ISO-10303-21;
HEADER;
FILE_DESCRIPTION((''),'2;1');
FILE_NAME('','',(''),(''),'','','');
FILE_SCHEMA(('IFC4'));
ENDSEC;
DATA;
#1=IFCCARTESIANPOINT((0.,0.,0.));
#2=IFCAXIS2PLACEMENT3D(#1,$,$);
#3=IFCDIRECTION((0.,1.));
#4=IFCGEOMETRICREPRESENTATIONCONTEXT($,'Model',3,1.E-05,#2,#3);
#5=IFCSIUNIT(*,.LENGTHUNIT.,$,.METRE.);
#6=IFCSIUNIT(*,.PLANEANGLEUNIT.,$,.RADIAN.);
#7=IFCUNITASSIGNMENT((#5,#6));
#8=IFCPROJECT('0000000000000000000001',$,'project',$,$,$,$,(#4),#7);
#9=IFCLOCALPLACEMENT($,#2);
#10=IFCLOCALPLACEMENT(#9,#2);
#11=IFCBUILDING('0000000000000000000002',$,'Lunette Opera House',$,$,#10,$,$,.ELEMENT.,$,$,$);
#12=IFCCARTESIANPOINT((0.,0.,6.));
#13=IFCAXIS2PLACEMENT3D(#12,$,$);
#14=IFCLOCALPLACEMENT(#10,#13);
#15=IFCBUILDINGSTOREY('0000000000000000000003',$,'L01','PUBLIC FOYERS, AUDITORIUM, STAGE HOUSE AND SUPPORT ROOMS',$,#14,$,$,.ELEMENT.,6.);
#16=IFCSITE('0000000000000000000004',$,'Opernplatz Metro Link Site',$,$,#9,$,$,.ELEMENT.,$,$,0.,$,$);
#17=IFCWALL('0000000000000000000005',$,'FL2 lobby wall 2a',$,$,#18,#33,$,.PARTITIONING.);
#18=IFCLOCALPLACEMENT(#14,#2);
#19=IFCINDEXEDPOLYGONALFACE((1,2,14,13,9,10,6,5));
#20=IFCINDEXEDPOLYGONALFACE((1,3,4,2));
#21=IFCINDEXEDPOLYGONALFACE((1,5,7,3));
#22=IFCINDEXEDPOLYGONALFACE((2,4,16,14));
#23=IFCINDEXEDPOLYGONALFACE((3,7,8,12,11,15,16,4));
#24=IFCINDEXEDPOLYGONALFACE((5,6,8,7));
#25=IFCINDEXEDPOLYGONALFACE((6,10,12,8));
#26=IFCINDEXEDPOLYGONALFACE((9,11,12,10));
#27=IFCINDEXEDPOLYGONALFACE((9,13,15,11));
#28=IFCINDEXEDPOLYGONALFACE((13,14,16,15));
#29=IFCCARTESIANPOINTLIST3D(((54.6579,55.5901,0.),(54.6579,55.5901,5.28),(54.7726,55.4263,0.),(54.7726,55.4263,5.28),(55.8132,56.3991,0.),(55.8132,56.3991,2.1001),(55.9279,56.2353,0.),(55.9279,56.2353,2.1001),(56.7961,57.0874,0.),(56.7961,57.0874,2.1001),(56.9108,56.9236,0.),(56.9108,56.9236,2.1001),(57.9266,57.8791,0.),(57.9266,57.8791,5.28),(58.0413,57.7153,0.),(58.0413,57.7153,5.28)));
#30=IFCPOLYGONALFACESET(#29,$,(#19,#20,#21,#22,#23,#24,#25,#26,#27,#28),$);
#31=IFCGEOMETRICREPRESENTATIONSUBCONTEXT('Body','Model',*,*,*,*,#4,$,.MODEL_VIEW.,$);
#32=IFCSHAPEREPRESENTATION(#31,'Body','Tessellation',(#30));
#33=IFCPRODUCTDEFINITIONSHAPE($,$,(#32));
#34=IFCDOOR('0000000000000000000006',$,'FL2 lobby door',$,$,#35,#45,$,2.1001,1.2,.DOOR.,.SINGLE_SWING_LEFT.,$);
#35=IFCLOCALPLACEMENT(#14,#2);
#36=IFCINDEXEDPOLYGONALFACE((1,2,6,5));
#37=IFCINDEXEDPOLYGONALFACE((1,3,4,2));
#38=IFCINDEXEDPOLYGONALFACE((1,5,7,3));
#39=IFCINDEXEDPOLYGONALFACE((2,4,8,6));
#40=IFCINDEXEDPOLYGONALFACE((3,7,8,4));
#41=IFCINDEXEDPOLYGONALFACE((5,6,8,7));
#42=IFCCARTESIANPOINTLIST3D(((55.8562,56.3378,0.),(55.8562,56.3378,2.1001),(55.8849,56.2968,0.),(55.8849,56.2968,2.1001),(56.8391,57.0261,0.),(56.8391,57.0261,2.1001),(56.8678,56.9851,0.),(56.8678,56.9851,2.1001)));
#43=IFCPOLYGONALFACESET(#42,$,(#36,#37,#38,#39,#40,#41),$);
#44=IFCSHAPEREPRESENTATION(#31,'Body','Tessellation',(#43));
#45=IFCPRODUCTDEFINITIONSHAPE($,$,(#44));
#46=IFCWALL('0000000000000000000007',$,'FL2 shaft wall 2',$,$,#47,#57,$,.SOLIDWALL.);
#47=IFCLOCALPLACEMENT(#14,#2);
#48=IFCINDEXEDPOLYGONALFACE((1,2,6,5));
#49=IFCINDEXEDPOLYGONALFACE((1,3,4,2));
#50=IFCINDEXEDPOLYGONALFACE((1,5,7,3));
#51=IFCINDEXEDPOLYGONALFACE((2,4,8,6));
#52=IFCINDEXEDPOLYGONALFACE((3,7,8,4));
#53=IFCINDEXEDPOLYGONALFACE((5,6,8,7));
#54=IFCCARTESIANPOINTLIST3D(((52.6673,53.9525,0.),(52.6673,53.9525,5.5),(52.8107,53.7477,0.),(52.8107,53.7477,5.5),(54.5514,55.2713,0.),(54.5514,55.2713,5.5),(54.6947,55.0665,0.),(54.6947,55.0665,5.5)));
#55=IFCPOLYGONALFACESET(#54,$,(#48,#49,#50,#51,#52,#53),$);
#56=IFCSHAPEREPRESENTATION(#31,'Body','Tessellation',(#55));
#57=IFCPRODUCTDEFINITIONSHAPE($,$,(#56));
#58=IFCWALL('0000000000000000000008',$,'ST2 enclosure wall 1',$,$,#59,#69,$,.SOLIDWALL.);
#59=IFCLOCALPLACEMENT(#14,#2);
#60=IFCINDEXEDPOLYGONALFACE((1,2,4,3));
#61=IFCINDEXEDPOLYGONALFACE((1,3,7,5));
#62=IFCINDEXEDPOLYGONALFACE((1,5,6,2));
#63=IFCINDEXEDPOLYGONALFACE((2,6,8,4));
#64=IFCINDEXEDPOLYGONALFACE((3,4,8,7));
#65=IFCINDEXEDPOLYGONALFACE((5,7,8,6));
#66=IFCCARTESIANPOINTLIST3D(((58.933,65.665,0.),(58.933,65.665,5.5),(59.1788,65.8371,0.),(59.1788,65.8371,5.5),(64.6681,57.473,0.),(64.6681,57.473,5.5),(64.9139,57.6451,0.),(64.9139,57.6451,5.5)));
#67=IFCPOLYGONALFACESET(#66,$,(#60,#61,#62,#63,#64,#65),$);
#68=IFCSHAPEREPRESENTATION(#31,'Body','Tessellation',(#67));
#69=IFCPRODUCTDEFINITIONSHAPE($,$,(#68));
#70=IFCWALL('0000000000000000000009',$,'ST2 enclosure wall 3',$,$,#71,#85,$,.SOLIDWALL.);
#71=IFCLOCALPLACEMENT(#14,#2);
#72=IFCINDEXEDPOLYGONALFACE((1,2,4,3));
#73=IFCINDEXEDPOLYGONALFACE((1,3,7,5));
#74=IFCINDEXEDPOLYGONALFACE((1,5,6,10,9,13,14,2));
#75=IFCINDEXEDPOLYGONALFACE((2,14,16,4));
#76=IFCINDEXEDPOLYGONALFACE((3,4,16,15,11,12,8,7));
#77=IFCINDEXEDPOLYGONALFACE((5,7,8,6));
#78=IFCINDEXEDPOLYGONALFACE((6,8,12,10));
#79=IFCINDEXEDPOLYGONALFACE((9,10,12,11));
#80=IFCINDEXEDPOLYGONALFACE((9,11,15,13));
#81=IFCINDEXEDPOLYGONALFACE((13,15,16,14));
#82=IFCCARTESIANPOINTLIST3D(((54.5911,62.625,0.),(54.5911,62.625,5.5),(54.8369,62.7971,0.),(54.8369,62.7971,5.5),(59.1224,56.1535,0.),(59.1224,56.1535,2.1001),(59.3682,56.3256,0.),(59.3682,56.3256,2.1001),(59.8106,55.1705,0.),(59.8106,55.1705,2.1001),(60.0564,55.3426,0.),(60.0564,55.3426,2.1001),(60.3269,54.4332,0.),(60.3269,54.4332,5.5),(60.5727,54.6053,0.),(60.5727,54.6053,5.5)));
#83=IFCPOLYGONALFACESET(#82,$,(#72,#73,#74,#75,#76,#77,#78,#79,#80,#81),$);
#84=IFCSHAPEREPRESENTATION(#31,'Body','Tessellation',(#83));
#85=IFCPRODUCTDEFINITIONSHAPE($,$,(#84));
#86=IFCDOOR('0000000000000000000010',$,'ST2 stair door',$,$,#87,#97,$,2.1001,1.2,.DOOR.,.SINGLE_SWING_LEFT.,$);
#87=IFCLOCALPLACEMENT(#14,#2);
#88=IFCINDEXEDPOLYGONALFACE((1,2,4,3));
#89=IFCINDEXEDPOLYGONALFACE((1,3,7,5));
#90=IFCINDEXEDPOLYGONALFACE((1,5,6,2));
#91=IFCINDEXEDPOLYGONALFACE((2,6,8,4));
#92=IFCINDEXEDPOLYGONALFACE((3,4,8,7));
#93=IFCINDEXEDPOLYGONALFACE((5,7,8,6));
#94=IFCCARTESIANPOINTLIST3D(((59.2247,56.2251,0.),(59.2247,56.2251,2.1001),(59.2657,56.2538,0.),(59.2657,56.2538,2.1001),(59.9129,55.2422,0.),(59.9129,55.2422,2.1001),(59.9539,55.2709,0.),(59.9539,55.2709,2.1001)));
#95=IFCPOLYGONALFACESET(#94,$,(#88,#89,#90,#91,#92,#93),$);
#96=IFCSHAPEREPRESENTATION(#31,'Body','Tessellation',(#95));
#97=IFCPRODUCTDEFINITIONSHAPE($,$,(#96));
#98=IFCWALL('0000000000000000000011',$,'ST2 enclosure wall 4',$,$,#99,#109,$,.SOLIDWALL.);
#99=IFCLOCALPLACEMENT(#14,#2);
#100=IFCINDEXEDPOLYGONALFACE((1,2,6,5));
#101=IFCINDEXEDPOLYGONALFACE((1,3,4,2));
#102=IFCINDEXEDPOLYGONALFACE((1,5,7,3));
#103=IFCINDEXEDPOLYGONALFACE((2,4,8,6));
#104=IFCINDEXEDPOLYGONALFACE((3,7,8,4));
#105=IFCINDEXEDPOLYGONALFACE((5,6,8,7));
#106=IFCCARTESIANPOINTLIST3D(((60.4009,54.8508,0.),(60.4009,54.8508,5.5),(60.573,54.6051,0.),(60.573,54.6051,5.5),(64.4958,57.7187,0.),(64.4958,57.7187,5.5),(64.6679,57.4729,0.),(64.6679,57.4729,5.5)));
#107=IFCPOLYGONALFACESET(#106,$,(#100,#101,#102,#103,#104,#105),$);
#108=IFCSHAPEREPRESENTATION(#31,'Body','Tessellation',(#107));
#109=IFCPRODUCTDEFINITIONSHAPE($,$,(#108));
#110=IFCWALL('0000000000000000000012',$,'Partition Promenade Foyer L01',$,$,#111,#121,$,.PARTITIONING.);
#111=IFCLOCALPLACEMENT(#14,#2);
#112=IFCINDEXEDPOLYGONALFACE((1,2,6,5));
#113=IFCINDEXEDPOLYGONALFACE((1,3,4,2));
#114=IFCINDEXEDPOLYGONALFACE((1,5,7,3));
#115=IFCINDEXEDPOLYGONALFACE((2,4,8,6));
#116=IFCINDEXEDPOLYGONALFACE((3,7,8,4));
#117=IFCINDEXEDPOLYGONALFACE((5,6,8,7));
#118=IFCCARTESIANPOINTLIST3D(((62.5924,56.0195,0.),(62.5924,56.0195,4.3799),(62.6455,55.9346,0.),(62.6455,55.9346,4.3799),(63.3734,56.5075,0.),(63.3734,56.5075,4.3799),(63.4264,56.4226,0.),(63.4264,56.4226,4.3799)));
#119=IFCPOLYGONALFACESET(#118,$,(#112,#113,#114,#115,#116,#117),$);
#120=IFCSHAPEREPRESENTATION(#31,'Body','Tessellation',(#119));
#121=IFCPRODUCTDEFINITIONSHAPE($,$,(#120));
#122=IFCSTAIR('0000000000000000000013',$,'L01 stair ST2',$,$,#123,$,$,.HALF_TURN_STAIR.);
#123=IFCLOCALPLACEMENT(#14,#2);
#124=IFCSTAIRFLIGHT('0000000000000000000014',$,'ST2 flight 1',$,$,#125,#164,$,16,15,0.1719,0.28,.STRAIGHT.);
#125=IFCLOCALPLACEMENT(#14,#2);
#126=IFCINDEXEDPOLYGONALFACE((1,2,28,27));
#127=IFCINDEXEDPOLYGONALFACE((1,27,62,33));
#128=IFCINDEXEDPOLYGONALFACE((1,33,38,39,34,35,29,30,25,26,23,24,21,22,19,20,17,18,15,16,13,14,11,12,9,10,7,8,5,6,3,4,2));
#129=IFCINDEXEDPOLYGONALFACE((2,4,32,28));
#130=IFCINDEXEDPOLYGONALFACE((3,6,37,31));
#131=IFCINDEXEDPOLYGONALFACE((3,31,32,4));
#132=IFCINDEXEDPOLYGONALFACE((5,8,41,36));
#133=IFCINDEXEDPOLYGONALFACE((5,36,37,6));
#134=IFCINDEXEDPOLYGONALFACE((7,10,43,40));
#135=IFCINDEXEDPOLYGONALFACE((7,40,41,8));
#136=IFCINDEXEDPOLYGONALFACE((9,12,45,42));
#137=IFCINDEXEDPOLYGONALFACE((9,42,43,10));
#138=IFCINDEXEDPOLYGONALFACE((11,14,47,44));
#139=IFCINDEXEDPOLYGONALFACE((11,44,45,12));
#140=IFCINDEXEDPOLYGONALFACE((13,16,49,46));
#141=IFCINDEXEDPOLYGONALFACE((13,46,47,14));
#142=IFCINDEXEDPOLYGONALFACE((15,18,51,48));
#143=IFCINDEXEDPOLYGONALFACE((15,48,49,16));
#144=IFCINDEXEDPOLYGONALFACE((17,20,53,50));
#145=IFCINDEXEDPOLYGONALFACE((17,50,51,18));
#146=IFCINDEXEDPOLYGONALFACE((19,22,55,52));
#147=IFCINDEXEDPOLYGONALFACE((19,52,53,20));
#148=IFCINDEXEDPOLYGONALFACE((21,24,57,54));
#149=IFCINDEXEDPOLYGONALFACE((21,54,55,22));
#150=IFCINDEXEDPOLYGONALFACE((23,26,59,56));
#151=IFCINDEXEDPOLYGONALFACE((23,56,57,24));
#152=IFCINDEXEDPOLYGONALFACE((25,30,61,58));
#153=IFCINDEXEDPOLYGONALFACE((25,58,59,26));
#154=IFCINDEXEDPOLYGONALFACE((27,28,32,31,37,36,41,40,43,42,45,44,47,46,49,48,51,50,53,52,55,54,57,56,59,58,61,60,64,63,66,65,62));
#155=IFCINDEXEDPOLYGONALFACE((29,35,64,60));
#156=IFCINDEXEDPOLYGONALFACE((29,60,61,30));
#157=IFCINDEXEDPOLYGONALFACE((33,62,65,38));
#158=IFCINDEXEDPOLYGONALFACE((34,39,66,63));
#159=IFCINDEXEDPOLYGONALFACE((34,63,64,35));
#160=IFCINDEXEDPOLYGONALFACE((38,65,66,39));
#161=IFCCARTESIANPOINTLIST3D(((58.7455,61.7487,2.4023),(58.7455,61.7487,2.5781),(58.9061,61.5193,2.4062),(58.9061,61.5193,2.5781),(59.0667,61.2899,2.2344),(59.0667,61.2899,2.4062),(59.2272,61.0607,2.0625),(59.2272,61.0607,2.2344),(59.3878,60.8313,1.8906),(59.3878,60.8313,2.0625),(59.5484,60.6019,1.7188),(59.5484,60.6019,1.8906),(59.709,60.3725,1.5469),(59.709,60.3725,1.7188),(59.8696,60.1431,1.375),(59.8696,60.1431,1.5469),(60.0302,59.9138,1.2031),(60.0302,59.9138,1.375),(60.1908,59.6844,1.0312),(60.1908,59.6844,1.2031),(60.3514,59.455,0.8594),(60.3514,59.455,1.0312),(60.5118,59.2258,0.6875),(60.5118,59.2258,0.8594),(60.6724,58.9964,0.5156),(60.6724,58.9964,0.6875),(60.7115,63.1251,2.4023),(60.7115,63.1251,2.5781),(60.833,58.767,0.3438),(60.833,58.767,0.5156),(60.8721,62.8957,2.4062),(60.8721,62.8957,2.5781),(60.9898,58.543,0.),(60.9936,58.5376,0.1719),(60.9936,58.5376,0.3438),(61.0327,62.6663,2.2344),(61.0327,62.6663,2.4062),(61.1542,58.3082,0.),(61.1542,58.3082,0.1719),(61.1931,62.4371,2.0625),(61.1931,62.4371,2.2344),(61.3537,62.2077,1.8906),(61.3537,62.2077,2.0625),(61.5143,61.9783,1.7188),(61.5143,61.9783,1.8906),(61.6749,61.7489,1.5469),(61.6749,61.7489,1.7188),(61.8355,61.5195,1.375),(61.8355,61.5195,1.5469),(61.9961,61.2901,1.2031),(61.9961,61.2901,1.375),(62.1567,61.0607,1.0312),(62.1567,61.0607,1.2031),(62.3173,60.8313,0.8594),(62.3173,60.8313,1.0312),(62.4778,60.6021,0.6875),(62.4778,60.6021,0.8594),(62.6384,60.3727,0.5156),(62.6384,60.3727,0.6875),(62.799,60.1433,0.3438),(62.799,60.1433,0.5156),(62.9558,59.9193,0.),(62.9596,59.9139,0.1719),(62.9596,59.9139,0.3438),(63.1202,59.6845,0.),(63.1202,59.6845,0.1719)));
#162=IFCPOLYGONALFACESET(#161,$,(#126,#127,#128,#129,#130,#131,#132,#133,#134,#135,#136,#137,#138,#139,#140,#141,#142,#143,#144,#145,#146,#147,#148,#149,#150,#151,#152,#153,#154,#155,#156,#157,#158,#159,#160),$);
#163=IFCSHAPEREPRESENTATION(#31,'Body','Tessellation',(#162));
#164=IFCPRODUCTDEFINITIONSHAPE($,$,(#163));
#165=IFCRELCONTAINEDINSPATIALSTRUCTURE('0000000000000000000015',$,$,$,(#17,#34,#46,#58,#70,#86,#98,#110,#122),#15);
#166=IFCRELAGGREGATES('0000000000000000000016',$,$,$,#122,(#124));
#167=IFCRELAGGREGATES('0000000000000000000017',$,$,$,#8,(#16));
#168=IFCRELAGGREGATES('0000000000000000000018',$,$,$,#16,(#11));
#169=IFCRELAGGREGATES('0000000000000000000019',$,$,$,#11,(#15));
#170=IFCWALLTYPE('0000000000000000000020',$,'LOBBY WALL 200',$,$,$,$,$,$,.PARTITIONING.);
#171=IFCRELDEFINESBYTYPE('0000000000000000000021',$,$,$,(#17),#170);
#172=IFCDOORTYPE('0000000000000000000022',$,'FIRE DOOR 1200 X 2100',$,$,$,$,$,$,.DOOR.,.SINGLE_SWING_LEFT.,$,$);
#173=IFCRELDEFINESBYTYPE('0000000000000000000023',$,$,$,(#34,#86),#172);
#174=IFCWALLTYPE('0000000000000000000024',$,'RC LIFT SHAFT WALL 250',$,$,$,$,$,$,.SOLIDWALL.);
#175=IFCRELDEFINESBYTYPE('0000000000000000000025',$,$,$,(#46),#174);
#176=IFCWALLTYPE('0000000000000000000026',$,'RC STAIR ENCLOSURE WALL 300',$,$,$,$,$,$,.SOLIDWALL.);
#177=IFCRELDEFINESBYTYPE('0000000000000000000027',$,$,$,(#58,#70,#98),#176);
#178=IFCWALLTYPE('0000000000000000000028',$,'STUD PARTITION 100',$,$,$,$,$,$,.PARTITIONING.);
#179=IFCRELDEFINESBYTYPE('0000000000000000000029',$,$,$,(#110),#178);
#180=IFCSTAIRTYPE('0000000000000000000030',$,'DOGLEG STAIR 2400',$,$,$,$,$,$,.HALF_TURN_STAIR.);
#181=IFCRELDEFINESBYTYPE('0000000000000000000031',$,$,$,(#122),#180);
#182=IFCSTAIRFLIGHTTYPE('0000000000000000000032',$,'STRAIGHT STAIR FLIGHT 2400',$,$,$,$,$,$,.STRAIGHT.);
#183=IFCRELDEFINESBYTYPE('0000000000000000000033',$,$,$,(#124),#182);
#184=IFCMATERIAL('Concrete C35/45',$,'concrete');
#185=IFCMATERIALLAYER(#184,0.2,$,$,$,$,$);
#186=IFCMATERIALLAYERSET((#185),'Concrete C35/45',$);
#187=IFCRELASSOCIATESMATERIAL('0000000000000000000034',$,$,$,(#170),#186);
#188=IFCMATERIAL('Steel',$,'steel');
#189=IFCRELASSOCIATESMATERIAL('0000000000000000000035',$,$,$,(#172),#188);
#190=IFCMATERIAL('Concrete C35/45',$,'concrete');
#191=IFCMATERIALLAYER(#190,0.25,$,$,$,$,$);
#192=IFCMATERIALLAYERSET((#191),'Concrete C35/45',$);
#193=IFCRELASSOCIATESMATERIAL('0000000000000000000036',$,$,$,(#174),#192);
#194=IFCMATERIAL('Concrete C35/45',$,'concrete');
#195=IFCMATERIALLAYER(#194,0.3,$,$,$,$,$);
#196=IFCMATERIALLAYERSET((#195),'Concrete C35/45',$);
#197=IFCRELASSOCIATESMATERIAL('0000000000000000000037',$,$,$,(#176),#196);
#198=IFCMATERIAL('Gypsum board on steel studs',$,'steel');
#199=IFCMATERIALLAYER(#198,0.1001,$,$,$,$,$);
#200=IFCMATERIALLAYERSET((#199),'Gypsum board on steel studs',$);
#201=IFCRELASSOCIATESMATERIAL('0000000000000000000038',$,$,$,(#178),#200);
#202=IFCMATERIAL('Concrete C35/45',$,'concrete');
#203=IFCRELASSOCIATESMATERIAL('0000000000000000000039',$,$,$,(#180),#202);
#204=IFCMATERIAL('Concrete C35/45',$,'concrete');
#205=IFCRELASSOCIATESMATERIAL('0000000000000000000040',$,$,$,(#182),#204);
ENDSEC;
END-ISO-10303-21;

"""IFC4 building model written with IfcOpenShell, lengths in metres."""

from ifc_helpers import new_model, si_unit, direction, frame, frame_2d, origin, place, context, subcontext, project, spatial, polyline, rectangle, outline, extrude, material, layer, layer_set, type_object, element, fill, aggregate, save


model = new_model("IFC4")

# Units and contexts
model_context = context("Model", 3, precision=1e-05, world=origin(), true_north=direction((0.0, 1.0)))
body_context = subcontext(model_context, "Body", "Model", "MODEL_VIEW")
ifc_project = project(units=[si_unit("LENGTHUNIT", "METRE"), si_unit("PLANEANGLEUNIT", "RADIAN")], contexts=[model_context])

# Site, building, storey
site_placement = place(None, origin())
site = spatial("IfcSite", under=ifc_project, at=site_placement, Name="Opernplatz Metro Link Site", CompositionType="ELEMENT", RefElevation=0.0)
building_placement = place(site_placement, origin())
building = spatial("IfcBuilding", under=site, at=building_placement, Name="Lunette Opera House", CompositionType="ELEMENT")
storey_placement = place(building_placement, frame((0.0, 0.0, 6.0)))
storey = spatial("IfcBuildingStorey", under=building, at=storey_placement, Name="L01", Description="PUBLIC FOYERS, AUDITORIUM, STAGE HOUSE AND SUPPORT ROOMS", CompositionType="ELEMENT", Elevation=6.0)

# Wall, opening, door
ifc_material_1 = material(Name="Concrete C35/45", Category="concrete")
ifc_layer_1 = layer(ifc_material_1, 0.2)
ifc_layer_set_1 = layer_set([ifc_layer_1], Name="Concrete C35/45")
wall_type_1 = type_object("IfcWallType", Name="LOBBY WALL 200", PredefinedType="PARTITIONING", material=ifc_layer_set_1)
wall_1_placement = place(storey_placement, frame((57.9839, 57.7971, 0.0), z_axis=(0.0, 0.0, 1.0), x_axis=(-0.819126, -0.573614, 0.0)))
wall_1 = element("IfcWall", 1, at=wall_1_placement, inside=storey, type_object=wall_type_1, Name="FL2 lobby wall 2a", PredefinedType="PARTITIONING", context=body_context, shape_type="SweptSolid", body=[
    extrude(rectangle(XDim=3.9905, YDim=0.2, at=frame_2d((1.9951, 0.0))), origin(), (0.0, 0.0, 1.0), 5.28),
])
opening_1_placement = place(wall_1_placement, frame((1.3799, 0.0, 0.0)))
opening_1 = element("IfcOpeningElement", 2, at=opening_1_placement, cuts=wall_1, PredefinedType="OPENING", context=body_context, shape_type="SweptSolid", body=[
    extrude(rectangle(XDim=1.2, YDim=2.1001, at=frame_2d((0.6001, 1.05))), frame((0.0, 0.1121, 0.0), z_axis=(0.0, -1.0, 0.0), x_axis=(1.0, 0.0, 0.0)), (0.0, 0.0, 1.0), 0.2239),
])
ifc_material_2 = material(Name="Steel", Category="steel")
door_type = type_object("IfcDoorType", Name="FIRE DOOR 1200 X 2100", OperationType="SINGLE_SWING_LEFT", PredefinedType="DOOR", material=ifc_material_2)
door_1_placement = place(opening_1_placement, origin())
door_1 = element("IfcDoor", 3, at=door_1_placement, inside=storey, type_object=door_type, Name="FL2 lobby door", OperationType="SINGLE_SWING_LEFT", OverallHeight=2.1001, OverallWidth=1.2, PredefinedType="DOOR", context=body_context, shape_type="SweptSolid", body=[
    extrude(rectangle(XDim=1.2, YDim=2.1001, at=frame_2d((0.6001, 1.05))), frame((0.0, 0.0249, 0.0), z_axis=(0.0, -1.0, 0.0), x_axis=(1.0, 0.0, 0.0)), (0.0, 0.0, 1.0), 0.05),
])
fill(opening_1, door_1)

# Walls
ifc_material_3 = material(Name="Concrete C35/45", Category="concrete")
ifc_layer_2 = layer(ifc_material_3, 0.25)
ifc_layer_set_2 = layer_set([ifc_layer_2], Name="Concrete C35/45")
wall_type_2 = type_object("IfcWallType", Name="RC LIFT SHAFT WALL 250", PredefinedType="SOLIDWALL", material=ifc_layer_set_2)
wall_2_placement = place(storey_placement, frame((54.623, 55.1689, 0.0), z_axis=(0.0, 0.0, 1.0), x_axis=(-0.819227, -0.573469, 0.0)))
element("IfcWall", 4, at=wall_2_placement, inside=storey, type_object=wall_type_2, Name="FL2 shaft wall 2", PredefinedType="SOLIDWALL", context=body_context, shape_type="SweptSolid", body=[
    extrude(rectangle(XDim=2.2998, YDim=0.25, at=frame_2d((1.1499, 0.0))), origin(), (0.0, 0.0, 1.0), 5.5),
])
ifc_material_4 = material(Name="Concrete C35/45", Category="concrete")
ifc_layer_3 = layer(ifc_material_4, 0.3)
ifc_layer_set_3 = layer_set([ifc_layer_3], Name="Concrete C35/45")
wall_type_3 = type_object("IfcWallType", Name="RC STAIR ENCLOSURE WALL 300", PredefinedType="SOLIDWALL", material=ifc_layer_set_3)
wall_3_placement = place(storey_placement, frame((64.791, 57.5591, 0.0), z_axis=(0.0, 0.0, 1.0), x_axis=(-0.573515, 0.819195, 0.0)))
element("IfcWall", 5, at=wall_3_placement, inside=storey, type_object=wall_type_3, Name="ST2 enclosure wall 1", PredefinedType="SOLIDWALL", context=body_context, shape_type="SweptSolid", body=[
    extrude(rectangle(XDim=10.0, YDim=0.3, at=frame_2d((5.0, 0.0))), origin(), (0.0, 0.0, 1.0), 5.5),
])

# Wall, opening, door
wall_4_placement = place(storey_placement, frame((54.7141, 62.7109, 0.0), z_axis=(0.0, 0.0, 1.0), x_axis=(0.573564, -0.819161, 0.0)))
wall_4 = element("IfcWall", 6, at=wall_4_placement, inside=storey, type_object=wall_type_3, Name="ST2 enclosure wall 3", PredefinedType="SOLIDWALL", context=body_context, shape_type="SweptSolid", body=[
    extrude(rectangle(XDim=10.0002, YDim=0.3, at=frame_2d((5.0, 0.0))), origin(), (0.0, 0.0, 1.0), 5.5),
])
opening_2_placement = place(wall_4_placement, frame((7.8999, 0.0, 0.0)))
opening_2 = element("IfcOpeningElement", 7, at=opening_2_placement, cuts=wall_4, PredefinedType="OPENING", context=body_context, shape_type="SweptSolid", body=[
    extrude(rectangle(XDim=1.2, YDim=2.1001, at=frame_2d((0.6001, 1.05))), frame((0.0, 0.1621, 0.0), z_axis=(0.0, -1.0, 0.0), x_axis=(1.0, 0.0, 0.0)), (0.0, 0.0, 1.0), 0.324),
])
door_2_placement = place(opening_2_placement, origin())
door_2 = element("IfcDoor", 8, at=door_2_placement, inside=storey, type_object=door_type, Name="ST2 stair door", OperationType="SINGLE_SWING_LEFT", OverallHeight=2.1001, OverallWidth=1.2, PredefinedType="DOOR", context=body_context, shape_type="SweptSolid", body=[
    extrude(rectangle(XDim=1.2, YDim=2.1001, at=frame_2d((0.6001, 1.05))), frame((0.0, 0.0249, 0.0), z_axis=(0.0, -1.0, 0.0), x_axis=(1.0, 0.0, 0.0)), (0.0, 0.0, 1.0), 0.05),
])
fill(opening_2, door_2)

# Walls
wall_5_placement = place(storey_placement, frame((60.4871, 54.728, 0.0), z_axis=(0.0, 0.0, 1.0), x_axis=(0.819097, 0.573656, 0.0)))
element("IfcWall", 9, at=wall_5_placement, inside=storey, type_object=wall_type_3, Name="ST2 enclosure wall 4", PredefinedType="SOLIDWALL", context=body_context, shape_type="SweptSolid", body=[
    extrude(rectangle(XDim=4.9993, YDim=0.3, at=frame_2d((2.4995, 0.0))), origin(), (0.0, 0.0, 1.0), 5.5),
])
ifc_material_5 = material(Name="Gypsum board on steel studs", Category="steel")
ifc_layer_4 = layer(ifc_material_5, 0.1001)
ifc_layer_set_4 = layer_set([ifc_layer_4], Name="Gypsum board on steel studs")
wall_type_4 = type_object("IfcWallType", Name="STUD PARTITION 100", PredefinedType="PARTITIONING", material=ifc_layer_set_4)
wall_6_placement = place(storey_placement, frame((63.3999, 56.4651, 0.0), z_axis=(0.0, 0.0, 1.0), x_axis=(-0.848043, -0.529927, 0.0)))
element("IfcWall", 10, at=wall_6_placement, inside=storey, type_object=wall_type_4, Name="Partition Promenade Foyer L01", PredefinedType="PARTITIONING", context=body_context, shape_type="SweptSolid", body=[
    extrude(rectangle(XDim=0.9209, YDim=0.1001, at=frame_2d((0.4604, 0.0))), origin(), (0.0, 0.0, 1.0), 4.3799),
])

# Stair, stair flight
ifc_material_6 = material(Name="Concrete C35/45", Category="concrete")
stair_type = type_object("IfcStairType", Name="DOGLEG STAIR 2400", PredefinedType="HALF_TURN_STAIR", material=ifc_material_6)
stair_placement = place(storey_placement, origin())
stair = element("IfcStair", 11, at=stair_placement, inside=storey, type_object=stair_type, Name="L01 stair ST2", PredefinedType="HALF_TURN_STAIR")
ifc_material_7 = material(Name="Concrete C35/45", Category="concrete")
stair_flight_type = type_object("IfcStairFlightType", Name="STRAIGHT STAIR FLIGHT 2400", PredefinedType="STRAIGHT", material=ifc_material_7)
stair_flight_1_placement = place(storey_placement, frame((62.1372, 58.9963, 0.0), z_axis=(0.0, 0.0, 1.0), x_axis=(-0.57351, 0.819198, 0.0)))
stair_flight_1 = element("IfcStairFlight", 12, at=stair_flight_1_placement, type_object=stair_flight_type, Name="ST2 flight 1", NumberOfRisers=16, NumberOfTreads=15, PredefinedType="STRAIGHT", RiserHeight=0.1719, TreadLength=0.28, context=body_context, shape_type="SweptSolid", body=[
    extrude(outline(polyline([(0.0, 0.0), (0.0, 0.1719), (0.28, 0.1719), (0.28, 0.3438), (0.5601, 0.3438), (0.5601, 0.5156), (0.8401, 0.5156), (0.8401, 0.6875), (1.1201, 0.6875), (1.1201, 0.8594), (1.3999, 0.8594), (1.3999, 1.0312), (1.6799, 1.0312), (1.6799, 1.2031), (1.96, 1.2031), (1.96, 1.375), (2.24, 1.375), (2.24, 1.5469), (2.52, 1.5469), (2.52, 1.7188), (2.8, 1.7188), (2.8, 1.8906), (3.0801, 1.8906), (3.0801, 2.0625), (3.3601, 2.0625), (3.3601, 2.2344), (3.6399, 2.2344), (3.6399, 2.4062), (3.9199, 2.4062), (3.9199, 2.5781), (4.2, 2.5781), (4.2, 2.75), (4.2, 2.4023), (0.2866, 0.0), (0.0, 0.0)])), frame((0.0, 1.2, 0.0), z_axis=(0.0, -1.0, 0.0), x_axis=(1.0, 0.0, 0.0)), (0.0, 0.0, 1.0), 2.3999),
])
aggregate(stair, [stair_flight_1])

save(model, "model.ifc")
